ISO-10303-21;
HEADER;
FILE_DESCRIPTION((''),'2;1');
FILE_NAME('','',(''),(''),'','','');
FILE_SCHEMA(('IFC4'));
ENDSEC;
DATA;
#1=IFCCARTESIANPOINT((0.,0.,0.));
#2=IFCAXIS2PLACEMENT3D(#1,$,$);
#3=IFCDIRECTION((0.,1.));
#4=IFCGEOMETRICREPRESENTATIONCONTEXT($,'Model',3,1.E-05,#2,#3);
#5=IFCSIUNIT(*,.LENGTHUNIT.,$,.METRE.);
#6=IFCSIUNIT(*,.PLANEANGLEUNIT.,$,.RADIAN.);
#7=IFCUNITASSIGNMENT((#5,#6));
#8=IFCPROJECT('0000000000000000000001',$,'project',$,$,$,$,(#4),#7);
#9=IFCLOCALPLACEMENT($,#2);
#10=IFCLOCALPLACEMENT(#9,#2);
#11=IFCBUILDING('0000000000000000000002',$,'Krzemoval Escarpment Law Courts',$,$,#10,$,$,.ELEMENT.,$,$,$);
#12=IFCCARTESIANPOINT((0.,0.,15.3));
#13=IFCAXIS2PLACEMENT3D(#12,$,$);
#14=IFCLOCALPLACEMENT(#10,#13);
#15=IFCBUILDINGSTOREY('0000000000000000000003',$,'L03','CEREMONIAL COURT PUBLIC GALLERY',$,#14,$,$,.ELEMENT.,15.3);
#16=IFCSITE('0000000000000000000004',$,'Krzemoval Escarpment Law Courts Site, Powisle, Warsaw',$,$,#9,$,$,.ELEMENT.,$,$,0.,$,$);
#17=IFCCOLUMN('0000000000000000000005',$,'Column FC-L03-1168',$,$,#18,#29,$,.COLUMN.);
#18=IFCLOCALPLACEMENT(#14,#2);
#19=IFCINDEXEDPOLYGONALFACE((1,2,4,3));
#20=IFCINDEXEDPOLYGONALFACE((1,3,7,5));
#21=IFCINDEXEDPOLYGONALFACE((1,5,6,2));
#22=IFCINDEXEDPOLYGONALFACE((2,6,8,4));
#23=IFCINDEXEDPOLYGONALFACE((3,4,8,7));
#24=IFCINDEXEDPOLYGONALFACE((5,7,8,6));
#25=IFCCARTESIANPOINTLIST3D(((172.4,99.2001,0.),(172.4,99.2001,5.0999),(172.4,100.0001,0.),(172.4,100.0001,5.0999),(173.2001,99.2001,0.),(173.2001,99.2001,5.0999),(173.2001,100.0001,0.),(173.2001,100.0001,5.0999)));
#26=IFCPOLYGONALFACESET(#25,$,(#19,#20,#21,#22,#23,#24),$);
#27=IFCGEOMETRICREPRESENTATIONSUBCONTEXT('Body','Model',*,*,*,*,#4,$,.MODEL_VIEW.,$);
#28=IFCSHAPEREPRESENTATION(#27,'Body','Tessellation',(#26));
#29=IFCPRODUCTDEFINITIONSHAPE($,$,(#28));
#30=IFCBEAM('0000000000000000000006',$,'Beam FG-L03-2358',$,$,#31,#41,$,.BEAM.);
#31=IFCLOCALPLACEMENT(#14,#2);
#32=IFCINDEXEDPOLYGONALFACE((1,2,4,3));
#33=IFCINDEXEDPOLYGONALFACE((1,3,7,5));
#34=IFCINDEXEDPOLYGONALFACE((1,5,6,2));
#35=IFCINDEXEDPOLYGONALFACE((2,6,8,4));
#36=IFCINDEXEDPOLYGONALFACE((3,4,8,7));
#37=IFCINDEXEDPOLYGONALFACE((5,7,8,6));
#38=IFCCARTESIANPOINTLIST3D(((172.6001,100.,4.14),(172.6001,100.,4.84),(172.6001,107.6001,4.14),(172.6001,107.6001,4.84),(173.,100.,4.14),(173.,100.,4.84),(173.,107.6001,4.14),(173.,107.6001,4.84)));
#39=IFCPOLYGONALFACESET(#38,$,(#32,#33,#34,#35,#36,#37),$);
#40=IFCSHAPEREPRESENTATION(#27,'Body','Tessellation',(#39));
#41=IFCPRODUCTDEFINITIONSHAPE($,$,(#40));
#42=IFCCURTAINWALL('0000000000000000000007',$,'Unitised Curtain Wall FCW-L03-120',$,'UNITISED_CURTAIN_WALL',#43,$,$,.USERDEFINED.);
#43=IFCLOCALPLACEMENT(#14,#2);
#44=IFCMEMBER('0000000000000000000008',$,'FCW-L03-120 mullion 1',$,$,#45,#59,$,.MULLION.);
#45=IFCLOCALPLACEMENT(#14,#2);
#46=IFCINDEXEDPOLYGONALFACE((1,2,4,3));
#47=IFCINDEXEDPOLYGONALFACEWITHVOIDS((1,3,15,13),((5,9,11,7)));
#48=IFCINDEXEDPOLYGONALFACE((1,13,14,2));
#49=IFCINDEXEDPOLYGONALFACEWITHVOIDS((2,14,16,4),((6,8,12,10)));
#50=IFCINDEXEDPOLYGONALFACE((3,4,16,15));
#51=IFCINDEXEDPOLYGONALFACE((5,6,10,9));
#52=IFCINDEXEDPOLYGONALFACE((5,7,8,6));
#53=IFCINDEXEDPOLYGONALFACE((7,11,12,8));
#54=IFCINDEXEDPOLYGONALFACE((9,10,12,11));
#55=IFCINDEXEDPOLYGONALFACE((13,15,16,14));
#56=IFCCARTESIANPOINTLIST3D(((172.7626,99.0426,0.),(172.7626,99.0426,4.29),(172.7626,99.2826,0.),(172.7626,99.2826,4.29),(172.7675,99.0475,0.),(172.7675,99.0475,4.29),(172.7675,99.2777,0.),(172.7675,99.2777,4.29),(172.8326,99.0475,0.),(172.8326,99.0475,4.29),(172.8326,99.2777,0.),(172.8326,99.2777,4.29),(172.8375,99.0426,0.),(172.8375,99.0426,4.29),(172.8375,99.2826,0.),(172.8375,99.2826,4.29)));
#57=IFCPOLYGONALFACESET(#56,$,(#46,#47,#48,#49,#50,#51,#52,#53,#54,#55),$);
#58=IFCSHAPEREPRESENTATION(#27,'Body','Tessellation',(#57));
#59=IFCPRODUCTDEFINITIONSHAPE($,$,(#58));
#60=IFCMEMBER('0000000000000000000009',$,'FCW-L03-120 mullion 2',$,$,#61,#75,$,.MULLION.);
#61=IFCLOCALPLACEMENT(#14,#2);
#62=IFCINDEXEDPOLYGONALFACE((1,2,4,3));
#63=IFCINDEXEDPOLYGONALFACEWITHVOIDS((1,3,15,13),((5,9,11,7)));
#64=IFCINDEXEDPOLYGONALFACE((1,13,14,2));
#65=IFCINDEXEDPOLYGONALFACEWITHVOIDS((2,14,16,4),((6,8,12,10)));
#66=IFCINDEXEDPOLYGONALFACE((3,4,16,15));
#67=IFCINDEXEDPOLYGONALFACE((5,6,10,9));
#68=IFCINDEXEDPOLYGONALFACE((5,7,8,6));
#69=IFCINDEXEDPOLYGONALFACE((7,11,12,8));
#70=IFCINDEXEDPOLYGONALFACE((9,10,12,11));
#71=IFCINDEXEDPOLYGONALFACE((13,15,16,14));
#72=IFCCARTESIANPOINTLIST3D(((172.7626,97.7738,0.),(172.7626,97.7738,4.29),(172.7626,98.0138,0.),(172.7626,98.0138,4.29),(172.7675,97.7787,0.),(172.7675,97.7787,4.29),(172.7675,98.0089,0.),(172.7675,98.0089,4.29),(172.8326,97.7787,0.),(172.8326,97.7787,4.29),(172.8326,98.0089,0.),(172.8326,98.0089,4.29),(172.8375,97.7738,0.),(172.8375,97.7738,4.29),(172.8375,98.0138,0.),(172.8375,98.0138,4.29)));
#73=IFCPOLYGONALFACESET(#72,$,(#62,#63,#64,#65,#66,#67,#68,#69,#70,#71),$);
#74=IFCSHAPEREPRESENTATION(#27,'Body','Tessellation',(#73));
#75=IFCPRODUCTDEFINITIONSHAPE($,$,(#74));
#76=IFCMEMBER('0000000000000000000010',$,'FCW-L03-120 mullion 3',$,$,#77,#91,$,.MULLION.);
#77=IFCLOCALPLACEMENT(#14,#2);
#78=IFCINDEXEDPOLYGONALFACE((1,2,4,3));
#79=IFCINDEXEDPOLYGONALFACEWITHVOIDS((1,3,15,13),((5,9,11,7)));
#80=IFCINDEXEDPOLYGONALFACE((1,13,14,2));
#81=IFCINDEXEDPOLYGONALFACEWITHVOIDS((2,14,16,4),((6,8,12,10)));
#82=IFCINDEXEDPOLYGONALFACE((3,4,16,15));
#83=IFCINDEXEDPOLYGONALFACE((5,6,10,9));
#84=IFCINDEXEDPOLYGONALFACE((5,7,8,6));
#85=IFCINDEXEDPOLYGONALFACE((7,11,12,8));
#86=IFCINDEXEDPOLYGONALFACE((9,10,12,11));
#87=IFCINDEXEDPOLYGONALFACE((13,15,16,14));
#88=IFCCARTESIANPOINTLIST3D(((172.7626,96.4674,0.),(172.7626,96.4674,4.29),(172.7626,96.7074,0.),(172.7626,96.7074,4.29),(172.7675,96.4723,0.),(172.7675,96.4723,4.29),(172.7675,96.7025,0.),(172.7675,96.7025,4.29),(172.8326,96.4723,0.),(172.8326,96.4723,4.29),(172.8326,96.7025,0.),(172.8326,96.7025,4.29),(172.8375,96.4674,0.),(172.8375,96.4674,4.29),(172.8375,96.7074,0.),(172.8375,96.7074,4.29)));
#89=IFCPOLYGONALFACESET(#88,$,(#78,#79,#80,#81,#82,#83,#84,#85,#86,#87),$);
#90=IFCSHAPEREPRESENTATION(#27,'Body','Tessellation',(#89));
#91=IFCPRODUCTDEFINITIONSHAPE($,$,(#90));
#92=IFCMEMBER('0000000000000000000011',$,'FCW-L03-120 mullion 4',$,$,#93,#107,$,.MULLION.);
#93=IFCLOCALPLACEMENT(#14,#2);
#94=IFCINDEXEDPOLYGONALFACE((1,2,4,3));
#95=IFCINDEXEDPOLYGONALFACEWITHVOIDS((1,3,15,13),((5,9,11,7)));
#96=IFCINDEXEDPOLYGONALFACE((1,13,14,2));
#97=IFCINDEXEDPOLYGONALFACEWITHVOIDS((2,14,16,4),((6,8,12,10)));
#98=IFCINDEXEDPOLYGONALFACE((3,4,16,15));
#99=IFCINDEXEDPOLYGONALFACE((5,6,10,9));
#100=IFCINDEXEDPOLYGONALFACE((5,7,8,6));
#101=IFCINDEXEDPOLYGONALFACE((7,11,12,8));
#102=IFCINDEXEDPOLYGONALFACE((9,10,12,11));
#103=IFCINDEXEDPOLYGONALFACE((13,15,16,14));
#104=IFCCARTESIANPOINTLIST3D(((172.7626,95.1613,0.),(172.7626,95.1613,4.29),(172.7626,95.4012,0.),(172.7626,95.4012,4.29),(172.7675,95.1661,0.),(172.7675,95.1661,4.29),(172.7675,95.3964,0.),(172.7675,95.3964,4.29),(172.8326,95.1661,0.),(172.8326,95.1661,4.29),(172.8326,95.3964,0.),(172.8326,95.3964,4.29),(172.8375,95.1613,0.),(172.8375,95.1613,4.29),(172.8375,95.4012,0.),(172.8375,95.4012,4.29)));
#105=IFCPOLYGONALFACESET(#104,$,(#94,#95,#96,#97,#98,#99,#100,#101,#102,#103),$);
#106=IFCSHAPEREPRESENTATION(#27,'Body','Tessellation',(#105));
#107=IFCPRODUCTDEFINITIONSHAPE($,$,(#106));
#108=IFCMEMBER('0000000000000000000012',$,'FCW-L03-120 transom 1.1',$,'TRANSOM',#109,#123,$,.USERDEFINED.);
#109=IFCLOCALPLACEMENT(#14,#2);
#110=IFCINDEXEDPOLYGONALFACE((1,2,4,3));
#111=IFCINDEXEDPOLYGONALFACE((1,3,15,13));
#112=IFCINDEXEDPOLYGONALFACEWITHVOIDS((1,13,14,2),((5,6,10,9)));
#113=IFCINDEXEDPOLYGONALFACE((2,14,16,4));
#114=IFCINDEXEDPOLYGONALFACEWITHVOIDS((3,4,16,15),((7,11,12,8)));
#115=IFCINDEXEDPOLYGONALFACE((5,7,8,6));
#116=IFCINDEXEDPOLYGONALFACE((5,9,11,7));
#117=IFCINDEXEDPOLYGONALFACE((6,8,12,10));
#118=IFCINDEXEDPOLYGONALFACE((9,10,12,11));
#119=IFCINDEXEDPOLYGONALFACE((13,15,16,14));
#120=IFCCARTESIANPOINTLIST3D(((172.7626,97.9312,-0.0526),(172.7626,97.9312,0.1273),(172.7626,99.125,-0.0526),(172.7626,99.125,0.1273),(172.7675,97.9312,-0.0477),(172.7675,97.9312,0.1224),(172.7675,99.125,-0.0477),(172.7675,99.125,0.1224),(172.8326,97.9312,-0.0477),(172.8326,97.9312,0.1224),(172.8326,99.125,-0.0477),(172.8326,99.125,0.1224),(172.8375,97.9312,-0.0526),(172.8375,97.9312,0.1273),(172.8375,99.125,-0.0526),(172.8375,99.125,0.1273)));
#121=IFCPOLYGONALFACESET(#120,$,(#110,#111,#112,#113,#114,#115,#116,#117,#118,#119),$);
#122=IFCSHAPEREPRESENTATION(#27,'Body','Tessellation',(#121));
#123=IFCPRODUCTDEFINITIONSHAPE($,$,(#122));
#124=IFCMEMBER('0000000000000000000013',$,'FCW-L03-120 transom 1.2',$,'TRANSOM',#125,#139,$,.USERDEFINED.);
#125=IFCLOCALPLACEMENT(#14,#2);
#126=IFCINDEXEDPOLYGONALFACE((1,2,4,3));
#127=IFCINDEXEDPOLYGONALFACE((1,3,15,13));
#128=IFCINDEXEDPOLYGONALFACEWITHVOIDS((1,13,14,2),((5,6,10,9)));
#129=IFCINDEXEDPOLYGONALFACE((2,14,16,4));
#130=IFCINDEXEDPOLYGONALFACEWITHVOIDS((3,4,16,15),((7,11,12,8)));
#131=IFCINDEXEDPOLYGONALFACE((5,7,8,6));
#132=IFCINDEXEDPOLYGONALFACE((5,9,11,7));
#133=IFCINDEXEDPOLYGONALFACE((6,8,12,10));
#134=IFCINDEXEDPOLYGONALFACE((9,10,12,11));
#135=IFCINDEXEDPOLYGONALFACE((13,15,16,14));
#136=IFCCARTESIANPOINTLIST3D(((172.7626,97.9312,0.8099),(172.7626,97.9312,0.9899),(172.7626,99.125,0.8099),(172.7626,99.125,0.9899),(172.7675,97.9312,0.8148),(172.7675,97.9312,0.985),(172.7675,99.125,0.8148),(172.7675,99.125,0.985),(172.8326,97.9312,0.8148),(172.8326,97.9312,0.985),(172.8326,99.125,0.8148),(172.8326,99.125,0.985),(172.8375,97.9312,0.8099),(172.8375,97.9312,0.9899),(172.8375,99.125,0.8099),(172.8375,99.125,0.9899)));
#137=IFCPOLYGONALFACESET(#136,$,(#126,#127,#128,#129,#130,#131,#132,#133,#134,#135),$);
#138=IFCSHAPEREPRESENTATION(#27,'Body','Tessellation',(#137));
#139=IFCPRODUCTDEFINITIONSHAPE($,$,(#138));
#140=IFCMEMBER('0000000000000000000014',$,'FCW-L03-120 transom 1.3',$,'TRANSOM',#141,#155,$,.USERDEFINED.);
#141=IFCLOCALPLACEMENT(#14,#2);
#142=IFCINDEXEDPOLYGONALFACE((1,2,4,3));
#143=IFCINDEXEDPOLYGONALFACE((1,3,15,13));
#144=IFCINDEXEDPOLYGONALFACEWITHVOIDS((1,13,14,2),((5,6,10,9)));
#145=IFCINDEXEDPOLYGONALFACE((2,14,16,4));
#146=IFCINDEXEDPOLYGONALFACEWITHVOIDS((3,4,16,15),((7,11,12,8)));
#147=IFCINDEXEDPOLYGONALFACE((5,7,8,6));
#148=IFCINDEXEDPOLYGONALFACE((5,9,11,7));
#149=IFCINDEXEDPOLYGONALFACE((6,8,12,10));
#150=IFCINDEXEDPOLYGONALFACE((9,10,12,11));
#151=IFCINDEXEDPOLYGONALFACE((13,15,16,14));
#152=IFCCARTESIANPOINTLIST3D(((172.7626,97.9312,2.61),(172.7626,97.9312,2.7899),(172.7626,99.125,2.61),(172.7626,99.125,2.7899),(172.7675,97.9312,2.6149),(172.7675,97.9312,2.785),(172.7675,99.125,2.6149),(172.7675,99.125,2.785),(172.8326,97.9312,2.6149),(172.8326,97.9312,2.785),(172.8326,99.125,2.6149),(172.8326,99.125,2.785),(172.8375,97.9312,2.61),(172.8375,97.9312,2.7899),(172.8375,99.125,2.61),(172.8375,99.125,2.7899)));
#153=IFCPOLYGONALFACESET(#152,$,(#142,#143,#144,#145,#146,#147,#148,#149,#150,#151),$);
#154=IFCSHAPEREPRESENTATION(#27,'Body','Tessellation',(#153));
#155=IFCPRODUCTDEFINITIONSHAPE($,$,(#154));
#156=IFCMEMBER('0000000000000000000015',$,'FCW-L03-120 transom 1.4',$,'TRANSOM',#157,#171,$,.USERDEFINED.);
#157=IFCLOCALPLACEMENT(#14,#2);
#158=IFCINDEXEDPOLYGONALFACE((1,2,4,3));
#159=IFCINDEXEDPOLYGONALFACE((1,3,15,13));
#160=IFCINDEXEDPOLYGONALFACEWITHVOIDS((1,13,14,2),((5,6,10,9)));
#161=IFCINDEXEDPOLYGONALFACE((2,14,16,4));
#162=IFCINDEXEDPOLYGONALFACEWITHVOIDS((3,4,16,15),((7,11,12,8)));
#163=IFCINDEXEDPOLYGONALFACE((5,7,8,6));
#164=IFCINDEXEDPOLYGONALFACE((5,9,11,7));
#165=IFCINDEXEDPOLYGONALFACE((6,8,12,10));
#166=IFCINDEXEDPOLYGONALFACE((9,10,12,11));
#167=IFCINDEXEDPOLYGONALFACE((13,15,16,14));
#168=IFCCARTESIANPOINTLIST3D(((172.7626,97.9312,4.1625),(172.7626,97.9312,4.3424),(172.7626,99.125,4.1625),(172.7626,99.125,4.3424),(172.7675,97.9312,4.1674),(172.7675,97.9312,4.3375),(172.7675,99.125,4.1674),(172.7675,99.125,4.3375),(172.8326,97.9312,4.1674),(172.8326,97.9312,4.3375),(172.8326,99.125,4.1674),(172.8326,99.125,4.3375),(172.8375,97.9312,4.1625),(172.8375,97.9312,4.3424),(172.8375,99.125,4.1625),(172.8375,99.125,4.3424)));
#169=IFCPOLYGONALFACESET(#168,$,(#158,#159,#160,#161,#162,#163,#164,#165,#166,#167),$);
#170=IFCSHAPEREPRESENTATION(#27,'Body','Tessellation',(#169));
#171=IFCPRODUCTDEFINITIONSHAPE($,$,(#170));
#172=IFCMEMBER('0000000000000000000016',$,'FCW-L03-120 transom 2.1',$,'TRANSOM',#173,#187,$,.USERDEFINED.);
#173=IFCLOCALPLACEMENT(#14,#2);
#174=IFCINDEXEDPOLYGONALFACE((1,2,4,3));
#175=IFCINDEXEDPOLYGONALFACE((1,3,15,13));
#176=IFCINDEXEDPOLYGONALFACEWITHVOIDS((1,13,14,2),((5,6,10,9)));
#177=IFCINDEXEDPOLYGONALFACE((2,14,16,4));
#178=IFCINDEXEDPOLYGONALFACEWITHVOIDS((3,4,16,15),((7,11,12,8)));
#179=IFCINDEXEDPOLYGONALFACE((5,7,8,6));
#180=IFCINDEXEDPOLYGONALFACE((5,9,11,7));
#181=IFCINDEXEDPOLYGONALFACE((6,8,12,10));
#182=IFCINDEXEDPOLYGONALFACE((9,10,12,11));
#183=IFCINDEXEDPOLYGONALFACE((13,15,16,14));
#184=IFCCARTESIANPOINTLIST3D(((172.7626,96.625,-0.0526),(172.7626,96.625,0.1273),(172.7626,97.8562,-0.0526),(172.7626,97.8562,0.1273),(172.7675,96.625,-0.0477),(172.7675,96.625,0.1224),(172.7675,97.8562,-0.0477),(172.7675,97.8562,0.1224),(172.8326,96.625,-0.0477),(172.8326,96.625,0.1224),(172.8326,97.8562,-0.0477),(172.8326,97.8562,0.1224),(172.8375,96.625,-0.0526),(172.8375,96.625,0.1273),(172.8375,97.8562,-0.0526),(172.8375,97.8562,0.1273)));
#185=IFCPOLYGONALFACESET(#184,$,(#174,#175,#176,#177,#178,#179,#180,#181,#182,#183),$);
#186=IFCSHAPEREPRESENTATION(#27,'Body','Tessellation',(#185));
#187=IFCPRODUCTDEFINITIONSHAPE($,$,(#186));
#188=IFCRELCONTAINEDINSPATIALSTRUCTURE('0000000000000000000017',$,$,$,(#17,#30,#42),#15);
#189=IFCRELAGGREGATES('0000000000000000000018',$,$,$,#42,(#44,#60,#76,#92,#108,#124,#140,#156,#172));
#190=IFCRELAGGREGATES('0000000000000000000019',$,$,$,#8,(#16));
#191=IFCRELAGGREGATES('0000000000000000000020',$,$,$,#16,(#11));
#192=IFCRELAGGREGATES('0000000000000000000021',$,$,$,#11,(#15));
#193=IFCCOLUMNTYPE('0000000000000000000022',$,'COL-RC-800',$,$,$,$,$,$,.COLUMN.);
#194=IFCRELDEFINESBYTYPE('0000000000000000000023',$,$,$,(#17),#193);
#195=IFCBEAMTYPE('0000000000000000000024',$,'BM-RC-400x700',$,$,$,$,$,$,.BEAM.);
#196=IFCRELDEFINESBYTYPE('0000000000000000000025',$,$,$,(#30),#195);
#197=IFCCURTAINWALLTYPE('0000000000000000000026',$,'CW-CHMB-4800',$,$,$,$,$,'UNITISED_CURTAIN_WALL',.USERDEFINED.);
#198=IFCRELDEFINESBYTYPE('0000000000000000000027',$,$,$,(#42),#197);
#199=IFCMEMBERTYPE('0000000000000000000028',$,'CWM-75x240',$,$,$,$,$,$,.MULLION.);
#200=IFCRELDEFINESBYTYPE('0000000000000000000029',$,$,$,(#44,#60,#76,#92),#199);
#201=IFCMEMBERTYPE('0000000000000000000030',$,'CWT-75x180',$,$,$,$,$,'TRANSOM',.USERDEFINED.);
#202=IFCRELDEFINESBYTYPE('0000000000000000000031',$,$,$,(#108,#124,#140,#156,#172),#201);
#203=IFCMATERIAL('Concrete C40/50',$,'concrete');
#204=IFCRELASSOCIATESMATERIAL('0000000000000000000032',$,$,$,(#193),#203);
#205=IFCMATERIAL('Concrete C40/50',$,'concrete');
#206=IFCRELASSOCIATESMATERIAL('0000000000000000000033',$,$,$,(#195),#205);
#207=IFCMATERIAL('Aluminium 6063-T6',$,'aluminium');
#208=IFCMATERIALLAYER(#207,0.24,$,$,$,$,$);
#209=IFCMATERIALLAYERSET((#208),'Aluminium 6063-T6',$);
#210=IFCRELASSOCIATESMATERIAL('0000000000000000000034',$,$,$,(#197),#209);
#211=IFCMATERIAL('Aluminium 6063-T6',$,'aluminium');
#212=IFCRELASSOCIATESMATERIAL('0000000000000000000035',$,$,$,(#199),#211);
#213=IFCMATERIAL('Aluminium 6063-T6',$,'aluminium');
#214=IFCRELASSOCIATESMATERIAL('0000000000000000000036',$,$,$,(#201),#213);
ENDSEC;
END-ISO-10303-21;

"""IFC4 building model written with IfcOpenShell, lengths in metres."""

from ifc_helpers import new_model, si_unit, direction, frame, origin, origin_2d, place, context, subcontext, project, spatial, rectangle, hollow_rectangle, extrude, material, layer, layer_set, material_profile, profile_set, type_object, element, aggregate, save


model = new_model("IFC4")

# Units and contexts
model_context = context("Model", 3, precision=1e-05, world=origin(), true_north=direction((0.0, 1.0)))
body_context = subcontext(model_context, "Body", "Model", "MODEL_VIEW")
ifc_project = project(units=[si_unit("LENGTHUNIT", "METRE"), si_unit("PLANEANGLEUNIT", "RADIAN")], contexts=[model_context])

# Site, building, storey
site_placement = place(None, origin())
site = spatial("IfcSite", under=ifc_project, at=site_placement, Name="Krzemoval Escarpment Law Courts Site, Powisle, Warsaw", CompositionType="ELEMENT", RefElevation=0.0)
building_placement = place(site_placement, origin())
building = spatial("IfcBuilding", under=site, at=building_placement, Name="Krzemoval Escarpment Law Courts", CompositionType="ELEMENT")
storey_placement = place(building_placement, frame((0.0, 0.0, 15.3)))
storey = spatial("IfcBuildingStorey", under=building, at=storey_placement, Name="L03", Description="CEREMONIAL COURT PUBLIC GALLERY", CompositionType="ELEMENT", Elevation=15.3)

# Column
ifc_material_1 = material(Name="Concrete C40/50", Category="concrete")
ifc_material_profile_1 = material_profile(ifc_material_1, rectangle(XDim=0.8, YDim=0.8, at=origin_2d()), Name="RC 800x800")
ifc_profile_set_1 = profile_set([ifc_material_profile_1], Name="Concrete C40/50")
column_type = type_object("IfcColumnType", Name="COL-RC-800", PredefinedType="COLUMN", material=ifc_profile_set_1)
column_placement = place(storey_placement, frame((172.8, 99.6001, 0.0), z_axis=(0.0, 0.0, 1.0), x_axis=(1.0, 0.0, 0.0)))
element("IfcColumn", 1, at=column_placement, inside=storey, type_object=column_type, Name="Column FC-L03-1168", PredefinedType="COLUMN", context=body_context, shape_type="SweptSolid", body=[
    extrude(rectangle(XDim=0.8, YDim=0.8, at=origin_2d()), origin(), (0.0, 0.0, 1.0), 5.0999),
])

# Beam
ifc_material_2 = material(Name="Concrete C40/50", Category="concrete")
ifc_material_profile_2 = material_profile(ifc_material_2, rectangle(XDim=0.3999, YDim=0.7, at=origin_2d()), Name="RCB 400x700")
ifc_profile_set_2 = profile_set([ifc_material_profile_2], Name="Concrete C40/50")
beam_type = type_object("IfcBeamType", Name="BM-RC-400x700", PredefinedType="BEAM", material=ifc_profile_set_2)
beam_placement = place(storey_placement, frame((172.8, 100.0, 4.49), z_axis=(0.0, 1.0, 0.0), x_axis=(-1.0, 0.0, 0.0)))
element("IfcBeam", 2, at=beam_placement, inside=storey, type_object=beam_type, Name="Beam FG-L03-2358", PredefinedType="BEAM", context=body_context, shape_type="SweptSolid", body=[
    extrude(rectangle(XDim=0.3999, YDim=0.7, at=origin_2d()), origin(), (0.0, 0.0, 1.0), 7.6001),
])

# Curtain wall, members
ifc_material_3 = material(Name="Aluminium 6063-T6", Category="aluminium")
ifc_layer_1 = layer(ifc_material_3, 0.24)
ifc_layer_set_1 = layer_set([ifc_layer_1], Name="Aluminium 6063-T6")
curtain_wall_type = type_object("IfcCurtainWallType", Name="CW-CHMB-4800", ElementType="UNITISED_CURTAIN_WALL", PredefinedType="USERDEFINED", material=ifc_layer_set_1)
curtain_wall_placement = place(storey_placement, origin())
curtain_wall = element("IfcCurtainWall", 3, at=curtain_wall_placement, inside=storey, type_object=curtain_wall_type, Name="Unitised Curtain Wall FCW-L03-120", ObjectType="UNITISED_CURTAIN_WALL", PredefinedType="USERDEFINED")
ifc_material_4 = material(Name="Aluminium 6063-T6", Category="aluminium")
ifc_material_profile_3 = material_profile(ifc_material_4, hollow_rectangle(XDim=0.075, YDim=0.24, WallThickness=0.0049, at=origin_2d()), Name="ALU M75x240")
ifc_profile_set_3 = profile_set([ifc_material_profile_3], Name="Aluminium 6063-T6")
member_type_1 = type_object("IfcMemberType", Name="CWM-75x240", PredefinedType="MULLION", material=ifc_profile_set_3)
member_1_placement = place(storey_placement, frame((172.8, 99.1626, 0.0), z_axis=(0.0, 0.0, 1.0), x_axis=(1.0, 0.0, 0.0)))
member_1 = element("IfcMember", 4, at=member_1_placement, type_object=member_type_1, Name="FCW-L03-120 mullion 1", PredefinedType="MULLION", context=body_context, shape_type="SweptSolid", body=[
    extrude(hollow_rectangle(XDim=0.075, YDim=0.24, WallThickness=0.0049, at=origin_2d()), origin(), (0.0, 0.0, 1.0), 4.29),
])
member_2_placement = place(storey_placement, frame((172.8, 97.8938, 0.0), z_axis=(0.0, 0.0, 1.0), x_axis=(1.0, 0.0, 0.0)))
member_2 = element("IfcMember", 5, at=member_2_placement, type_object=member_type_1, Name="FCW-L03-120 mullion 2", PredefinedType="MULLION", context=body_context, shape_type="SweptSolid", body=[
    extrude(hollow_rectangle(XDim=0.075, YDim=0.24, WallThickness=0.0049, at=origin_2d()), origin(), (0.0, 0.0, 1.0), 4.29),
])
member_3_placement = place(storey_placement, frame((172.8, 96.5874, 0.0), z_axis=(0.0, 0.0, 1.0), x_axis=(1.0, 0.0, 0.0)))
member_3 = element("IfcMember", 6, at=member_3_placement, type_object=member_type_1, Name="FCW-L03-120 mullion 3", PredefinedType="MULLION", context=body_context, shape_type="SweptSolid", body=[
    extrude(hollow_rectangle(XDim=0.075, YDim=0.24, WallThickness=0.0049, at=origin_2d()), origin(), (0.0, 0.0, 1.0), 4.29),
])
member_4_placement = place(storey_placement, frame((172.8, 95.2812, 0.0), z_axis=(0.0, 0.0, 1.0), x_axis=(1.0, 0.0, 0.0)))
member_4 = element("IfcMember", 7, at=member_4_placement, type_object=member_type_1, Name="FCW-L03-120 mullion 4", PredefinedType="MULLION", context=body_context, shape_type="SweptSolid", body=[
    extrude(hollow_rectangle(XDim=0.075, YDim=0.24, WallThickness=0.0049, at=origin_2d()), origin(), (0.0, 0.0, 1.0), 4.29),
])
ifc_material_5 = material(Name="Aluminium 6063-T6", Category="aluminium")
ifc_material_profile_4 = material_profile(ifc_material_5, hollow_rectangle(XDim=0.075, YDim=0.1799, WallThickness=0.0049, at=origin_2d()), Name="ALU T75x180")
ifc_profile_set_4 = profile_set([ifc_material_profile_4], Name="Aluminium 6063-T6")
member_type_2 = type_object("IfcMemberType", Name="CWT-75x180", ElementType="TRANSOM", PredefinedType="USERDEFINED", material=ifc_profile_set_4)
member_5_placement = place(storey_placement, frame((172.8, 99.125, 0.0374), z_axis=(0.0, -1.0, 0.0), x_axis=(1.0, 0.0, 0.0)))
member_5 = element("IfcMember", 8, at=member_5_placement, type_object=member_type_2, Name="FCW-L03-120 transom 1.1", ObjectType="TRANSOM", PredefinedType="USERDEFINED", context=body_context, shape_type="SweptSolid", body=[
    extrude(hollow_rectangle(XDim=0.075, YDim=0.1799, WallThickness=0.0049, at=origin_2d()), origin(), (0.0, 0.0, 1.0), 1.1938),
])
member_6_placement = place(storey_placement, frame((172.8, 99.125, 0.8999), z_axis=(0.0, -1.0, 0.0), x_axis=(1.0, 0.0, 0.0)))
member_6 = element("IfcMember", 9, at=member_6_placement, type_object=member_type_2, Name="FCW-L03-120 transom 1.2", ObjectType="TRANSOM", PredefinedType="USERDEFINED", context=body_context, shape_type="SweptSolid", body=[
    extrude(hollow_rectangle(XDim=0.075, YDim=0.1799, WallThickness=0.0049, at=origin_2d()), origin(), (0.0, 0.0, 1.0), 1.1938),
])
member_7_placement = place(storey_placement, frame((172.8, 99.125, 2.7), z_axis=(0.0, -1.0, 0.0), x_axis=(1.0, 0.0, 0.0)))
member_7 = element("IfcMember", 10, at=member_7_placement, type_object=member_type_2, Name="FCW-L03-120 transom 1.3", ObjectType="TRANSOM", PredefinedType="USERDEFINED", context=body_context, shape_type="SweptSolid", body=[
    extrude(hollow_rectangle(XDim=0.075, YDim=0.1799, WallThickness=0.0049, at=origin_2d()), origin(), (0.0, 0.0, 1.0), 1.1938),
])
member_8_placement = place(storey_placement, frame((172.8, 99.125, 4.2524), z_axis=(0.0, -1.0, 0.0), x_axis=(1.0, 0.0, 0.0)))
member_8 = element("IfcMember", 11, at=member_8_placement, type_object=member_type_2, Name="FCW-L03-120 transom 1.4", ObjectType="TRANSOM", PredefinedType="USERDEFINED", context=body_context, shape_type="SweptSolid", body=[
    extrude(hollow_rectangle(XDim=0.075, YDim=0.1799, WallThickness=0.0049, at=origin_2d()), origin(), (0.0, 0.0, 1.0), 1.1938),
])
member_9_placement = place(storey_placement, frame((172.8, 97.8562, 0.0374), z_axis=(0.0, -1.0, 0.0), x_axis=(1.0, 0.0, 0.0)))
member_9 = element("IfcMember", 12, at=member_9_placement, type_object=member_type_2, Name="FCW-L03-120 transom 2.1", ObjectType="TRANSOM", PredefinedType="USERDEFINED", context=body_context, shape_type="SweptSolid", body=[
    extrude(hollow_rectangle(XDim=0.075, YDim=0.1799, WallThickness=0.0049, at=origin_2d()), origin(), (0.0, 0.0, 1.0), 1.2312),
])

aggregate(curtain_wall, [member_1, member_2, member_3, member_4, member_5, member_6, member_7, member_8, member_9])

save(model, "model.ifc")
